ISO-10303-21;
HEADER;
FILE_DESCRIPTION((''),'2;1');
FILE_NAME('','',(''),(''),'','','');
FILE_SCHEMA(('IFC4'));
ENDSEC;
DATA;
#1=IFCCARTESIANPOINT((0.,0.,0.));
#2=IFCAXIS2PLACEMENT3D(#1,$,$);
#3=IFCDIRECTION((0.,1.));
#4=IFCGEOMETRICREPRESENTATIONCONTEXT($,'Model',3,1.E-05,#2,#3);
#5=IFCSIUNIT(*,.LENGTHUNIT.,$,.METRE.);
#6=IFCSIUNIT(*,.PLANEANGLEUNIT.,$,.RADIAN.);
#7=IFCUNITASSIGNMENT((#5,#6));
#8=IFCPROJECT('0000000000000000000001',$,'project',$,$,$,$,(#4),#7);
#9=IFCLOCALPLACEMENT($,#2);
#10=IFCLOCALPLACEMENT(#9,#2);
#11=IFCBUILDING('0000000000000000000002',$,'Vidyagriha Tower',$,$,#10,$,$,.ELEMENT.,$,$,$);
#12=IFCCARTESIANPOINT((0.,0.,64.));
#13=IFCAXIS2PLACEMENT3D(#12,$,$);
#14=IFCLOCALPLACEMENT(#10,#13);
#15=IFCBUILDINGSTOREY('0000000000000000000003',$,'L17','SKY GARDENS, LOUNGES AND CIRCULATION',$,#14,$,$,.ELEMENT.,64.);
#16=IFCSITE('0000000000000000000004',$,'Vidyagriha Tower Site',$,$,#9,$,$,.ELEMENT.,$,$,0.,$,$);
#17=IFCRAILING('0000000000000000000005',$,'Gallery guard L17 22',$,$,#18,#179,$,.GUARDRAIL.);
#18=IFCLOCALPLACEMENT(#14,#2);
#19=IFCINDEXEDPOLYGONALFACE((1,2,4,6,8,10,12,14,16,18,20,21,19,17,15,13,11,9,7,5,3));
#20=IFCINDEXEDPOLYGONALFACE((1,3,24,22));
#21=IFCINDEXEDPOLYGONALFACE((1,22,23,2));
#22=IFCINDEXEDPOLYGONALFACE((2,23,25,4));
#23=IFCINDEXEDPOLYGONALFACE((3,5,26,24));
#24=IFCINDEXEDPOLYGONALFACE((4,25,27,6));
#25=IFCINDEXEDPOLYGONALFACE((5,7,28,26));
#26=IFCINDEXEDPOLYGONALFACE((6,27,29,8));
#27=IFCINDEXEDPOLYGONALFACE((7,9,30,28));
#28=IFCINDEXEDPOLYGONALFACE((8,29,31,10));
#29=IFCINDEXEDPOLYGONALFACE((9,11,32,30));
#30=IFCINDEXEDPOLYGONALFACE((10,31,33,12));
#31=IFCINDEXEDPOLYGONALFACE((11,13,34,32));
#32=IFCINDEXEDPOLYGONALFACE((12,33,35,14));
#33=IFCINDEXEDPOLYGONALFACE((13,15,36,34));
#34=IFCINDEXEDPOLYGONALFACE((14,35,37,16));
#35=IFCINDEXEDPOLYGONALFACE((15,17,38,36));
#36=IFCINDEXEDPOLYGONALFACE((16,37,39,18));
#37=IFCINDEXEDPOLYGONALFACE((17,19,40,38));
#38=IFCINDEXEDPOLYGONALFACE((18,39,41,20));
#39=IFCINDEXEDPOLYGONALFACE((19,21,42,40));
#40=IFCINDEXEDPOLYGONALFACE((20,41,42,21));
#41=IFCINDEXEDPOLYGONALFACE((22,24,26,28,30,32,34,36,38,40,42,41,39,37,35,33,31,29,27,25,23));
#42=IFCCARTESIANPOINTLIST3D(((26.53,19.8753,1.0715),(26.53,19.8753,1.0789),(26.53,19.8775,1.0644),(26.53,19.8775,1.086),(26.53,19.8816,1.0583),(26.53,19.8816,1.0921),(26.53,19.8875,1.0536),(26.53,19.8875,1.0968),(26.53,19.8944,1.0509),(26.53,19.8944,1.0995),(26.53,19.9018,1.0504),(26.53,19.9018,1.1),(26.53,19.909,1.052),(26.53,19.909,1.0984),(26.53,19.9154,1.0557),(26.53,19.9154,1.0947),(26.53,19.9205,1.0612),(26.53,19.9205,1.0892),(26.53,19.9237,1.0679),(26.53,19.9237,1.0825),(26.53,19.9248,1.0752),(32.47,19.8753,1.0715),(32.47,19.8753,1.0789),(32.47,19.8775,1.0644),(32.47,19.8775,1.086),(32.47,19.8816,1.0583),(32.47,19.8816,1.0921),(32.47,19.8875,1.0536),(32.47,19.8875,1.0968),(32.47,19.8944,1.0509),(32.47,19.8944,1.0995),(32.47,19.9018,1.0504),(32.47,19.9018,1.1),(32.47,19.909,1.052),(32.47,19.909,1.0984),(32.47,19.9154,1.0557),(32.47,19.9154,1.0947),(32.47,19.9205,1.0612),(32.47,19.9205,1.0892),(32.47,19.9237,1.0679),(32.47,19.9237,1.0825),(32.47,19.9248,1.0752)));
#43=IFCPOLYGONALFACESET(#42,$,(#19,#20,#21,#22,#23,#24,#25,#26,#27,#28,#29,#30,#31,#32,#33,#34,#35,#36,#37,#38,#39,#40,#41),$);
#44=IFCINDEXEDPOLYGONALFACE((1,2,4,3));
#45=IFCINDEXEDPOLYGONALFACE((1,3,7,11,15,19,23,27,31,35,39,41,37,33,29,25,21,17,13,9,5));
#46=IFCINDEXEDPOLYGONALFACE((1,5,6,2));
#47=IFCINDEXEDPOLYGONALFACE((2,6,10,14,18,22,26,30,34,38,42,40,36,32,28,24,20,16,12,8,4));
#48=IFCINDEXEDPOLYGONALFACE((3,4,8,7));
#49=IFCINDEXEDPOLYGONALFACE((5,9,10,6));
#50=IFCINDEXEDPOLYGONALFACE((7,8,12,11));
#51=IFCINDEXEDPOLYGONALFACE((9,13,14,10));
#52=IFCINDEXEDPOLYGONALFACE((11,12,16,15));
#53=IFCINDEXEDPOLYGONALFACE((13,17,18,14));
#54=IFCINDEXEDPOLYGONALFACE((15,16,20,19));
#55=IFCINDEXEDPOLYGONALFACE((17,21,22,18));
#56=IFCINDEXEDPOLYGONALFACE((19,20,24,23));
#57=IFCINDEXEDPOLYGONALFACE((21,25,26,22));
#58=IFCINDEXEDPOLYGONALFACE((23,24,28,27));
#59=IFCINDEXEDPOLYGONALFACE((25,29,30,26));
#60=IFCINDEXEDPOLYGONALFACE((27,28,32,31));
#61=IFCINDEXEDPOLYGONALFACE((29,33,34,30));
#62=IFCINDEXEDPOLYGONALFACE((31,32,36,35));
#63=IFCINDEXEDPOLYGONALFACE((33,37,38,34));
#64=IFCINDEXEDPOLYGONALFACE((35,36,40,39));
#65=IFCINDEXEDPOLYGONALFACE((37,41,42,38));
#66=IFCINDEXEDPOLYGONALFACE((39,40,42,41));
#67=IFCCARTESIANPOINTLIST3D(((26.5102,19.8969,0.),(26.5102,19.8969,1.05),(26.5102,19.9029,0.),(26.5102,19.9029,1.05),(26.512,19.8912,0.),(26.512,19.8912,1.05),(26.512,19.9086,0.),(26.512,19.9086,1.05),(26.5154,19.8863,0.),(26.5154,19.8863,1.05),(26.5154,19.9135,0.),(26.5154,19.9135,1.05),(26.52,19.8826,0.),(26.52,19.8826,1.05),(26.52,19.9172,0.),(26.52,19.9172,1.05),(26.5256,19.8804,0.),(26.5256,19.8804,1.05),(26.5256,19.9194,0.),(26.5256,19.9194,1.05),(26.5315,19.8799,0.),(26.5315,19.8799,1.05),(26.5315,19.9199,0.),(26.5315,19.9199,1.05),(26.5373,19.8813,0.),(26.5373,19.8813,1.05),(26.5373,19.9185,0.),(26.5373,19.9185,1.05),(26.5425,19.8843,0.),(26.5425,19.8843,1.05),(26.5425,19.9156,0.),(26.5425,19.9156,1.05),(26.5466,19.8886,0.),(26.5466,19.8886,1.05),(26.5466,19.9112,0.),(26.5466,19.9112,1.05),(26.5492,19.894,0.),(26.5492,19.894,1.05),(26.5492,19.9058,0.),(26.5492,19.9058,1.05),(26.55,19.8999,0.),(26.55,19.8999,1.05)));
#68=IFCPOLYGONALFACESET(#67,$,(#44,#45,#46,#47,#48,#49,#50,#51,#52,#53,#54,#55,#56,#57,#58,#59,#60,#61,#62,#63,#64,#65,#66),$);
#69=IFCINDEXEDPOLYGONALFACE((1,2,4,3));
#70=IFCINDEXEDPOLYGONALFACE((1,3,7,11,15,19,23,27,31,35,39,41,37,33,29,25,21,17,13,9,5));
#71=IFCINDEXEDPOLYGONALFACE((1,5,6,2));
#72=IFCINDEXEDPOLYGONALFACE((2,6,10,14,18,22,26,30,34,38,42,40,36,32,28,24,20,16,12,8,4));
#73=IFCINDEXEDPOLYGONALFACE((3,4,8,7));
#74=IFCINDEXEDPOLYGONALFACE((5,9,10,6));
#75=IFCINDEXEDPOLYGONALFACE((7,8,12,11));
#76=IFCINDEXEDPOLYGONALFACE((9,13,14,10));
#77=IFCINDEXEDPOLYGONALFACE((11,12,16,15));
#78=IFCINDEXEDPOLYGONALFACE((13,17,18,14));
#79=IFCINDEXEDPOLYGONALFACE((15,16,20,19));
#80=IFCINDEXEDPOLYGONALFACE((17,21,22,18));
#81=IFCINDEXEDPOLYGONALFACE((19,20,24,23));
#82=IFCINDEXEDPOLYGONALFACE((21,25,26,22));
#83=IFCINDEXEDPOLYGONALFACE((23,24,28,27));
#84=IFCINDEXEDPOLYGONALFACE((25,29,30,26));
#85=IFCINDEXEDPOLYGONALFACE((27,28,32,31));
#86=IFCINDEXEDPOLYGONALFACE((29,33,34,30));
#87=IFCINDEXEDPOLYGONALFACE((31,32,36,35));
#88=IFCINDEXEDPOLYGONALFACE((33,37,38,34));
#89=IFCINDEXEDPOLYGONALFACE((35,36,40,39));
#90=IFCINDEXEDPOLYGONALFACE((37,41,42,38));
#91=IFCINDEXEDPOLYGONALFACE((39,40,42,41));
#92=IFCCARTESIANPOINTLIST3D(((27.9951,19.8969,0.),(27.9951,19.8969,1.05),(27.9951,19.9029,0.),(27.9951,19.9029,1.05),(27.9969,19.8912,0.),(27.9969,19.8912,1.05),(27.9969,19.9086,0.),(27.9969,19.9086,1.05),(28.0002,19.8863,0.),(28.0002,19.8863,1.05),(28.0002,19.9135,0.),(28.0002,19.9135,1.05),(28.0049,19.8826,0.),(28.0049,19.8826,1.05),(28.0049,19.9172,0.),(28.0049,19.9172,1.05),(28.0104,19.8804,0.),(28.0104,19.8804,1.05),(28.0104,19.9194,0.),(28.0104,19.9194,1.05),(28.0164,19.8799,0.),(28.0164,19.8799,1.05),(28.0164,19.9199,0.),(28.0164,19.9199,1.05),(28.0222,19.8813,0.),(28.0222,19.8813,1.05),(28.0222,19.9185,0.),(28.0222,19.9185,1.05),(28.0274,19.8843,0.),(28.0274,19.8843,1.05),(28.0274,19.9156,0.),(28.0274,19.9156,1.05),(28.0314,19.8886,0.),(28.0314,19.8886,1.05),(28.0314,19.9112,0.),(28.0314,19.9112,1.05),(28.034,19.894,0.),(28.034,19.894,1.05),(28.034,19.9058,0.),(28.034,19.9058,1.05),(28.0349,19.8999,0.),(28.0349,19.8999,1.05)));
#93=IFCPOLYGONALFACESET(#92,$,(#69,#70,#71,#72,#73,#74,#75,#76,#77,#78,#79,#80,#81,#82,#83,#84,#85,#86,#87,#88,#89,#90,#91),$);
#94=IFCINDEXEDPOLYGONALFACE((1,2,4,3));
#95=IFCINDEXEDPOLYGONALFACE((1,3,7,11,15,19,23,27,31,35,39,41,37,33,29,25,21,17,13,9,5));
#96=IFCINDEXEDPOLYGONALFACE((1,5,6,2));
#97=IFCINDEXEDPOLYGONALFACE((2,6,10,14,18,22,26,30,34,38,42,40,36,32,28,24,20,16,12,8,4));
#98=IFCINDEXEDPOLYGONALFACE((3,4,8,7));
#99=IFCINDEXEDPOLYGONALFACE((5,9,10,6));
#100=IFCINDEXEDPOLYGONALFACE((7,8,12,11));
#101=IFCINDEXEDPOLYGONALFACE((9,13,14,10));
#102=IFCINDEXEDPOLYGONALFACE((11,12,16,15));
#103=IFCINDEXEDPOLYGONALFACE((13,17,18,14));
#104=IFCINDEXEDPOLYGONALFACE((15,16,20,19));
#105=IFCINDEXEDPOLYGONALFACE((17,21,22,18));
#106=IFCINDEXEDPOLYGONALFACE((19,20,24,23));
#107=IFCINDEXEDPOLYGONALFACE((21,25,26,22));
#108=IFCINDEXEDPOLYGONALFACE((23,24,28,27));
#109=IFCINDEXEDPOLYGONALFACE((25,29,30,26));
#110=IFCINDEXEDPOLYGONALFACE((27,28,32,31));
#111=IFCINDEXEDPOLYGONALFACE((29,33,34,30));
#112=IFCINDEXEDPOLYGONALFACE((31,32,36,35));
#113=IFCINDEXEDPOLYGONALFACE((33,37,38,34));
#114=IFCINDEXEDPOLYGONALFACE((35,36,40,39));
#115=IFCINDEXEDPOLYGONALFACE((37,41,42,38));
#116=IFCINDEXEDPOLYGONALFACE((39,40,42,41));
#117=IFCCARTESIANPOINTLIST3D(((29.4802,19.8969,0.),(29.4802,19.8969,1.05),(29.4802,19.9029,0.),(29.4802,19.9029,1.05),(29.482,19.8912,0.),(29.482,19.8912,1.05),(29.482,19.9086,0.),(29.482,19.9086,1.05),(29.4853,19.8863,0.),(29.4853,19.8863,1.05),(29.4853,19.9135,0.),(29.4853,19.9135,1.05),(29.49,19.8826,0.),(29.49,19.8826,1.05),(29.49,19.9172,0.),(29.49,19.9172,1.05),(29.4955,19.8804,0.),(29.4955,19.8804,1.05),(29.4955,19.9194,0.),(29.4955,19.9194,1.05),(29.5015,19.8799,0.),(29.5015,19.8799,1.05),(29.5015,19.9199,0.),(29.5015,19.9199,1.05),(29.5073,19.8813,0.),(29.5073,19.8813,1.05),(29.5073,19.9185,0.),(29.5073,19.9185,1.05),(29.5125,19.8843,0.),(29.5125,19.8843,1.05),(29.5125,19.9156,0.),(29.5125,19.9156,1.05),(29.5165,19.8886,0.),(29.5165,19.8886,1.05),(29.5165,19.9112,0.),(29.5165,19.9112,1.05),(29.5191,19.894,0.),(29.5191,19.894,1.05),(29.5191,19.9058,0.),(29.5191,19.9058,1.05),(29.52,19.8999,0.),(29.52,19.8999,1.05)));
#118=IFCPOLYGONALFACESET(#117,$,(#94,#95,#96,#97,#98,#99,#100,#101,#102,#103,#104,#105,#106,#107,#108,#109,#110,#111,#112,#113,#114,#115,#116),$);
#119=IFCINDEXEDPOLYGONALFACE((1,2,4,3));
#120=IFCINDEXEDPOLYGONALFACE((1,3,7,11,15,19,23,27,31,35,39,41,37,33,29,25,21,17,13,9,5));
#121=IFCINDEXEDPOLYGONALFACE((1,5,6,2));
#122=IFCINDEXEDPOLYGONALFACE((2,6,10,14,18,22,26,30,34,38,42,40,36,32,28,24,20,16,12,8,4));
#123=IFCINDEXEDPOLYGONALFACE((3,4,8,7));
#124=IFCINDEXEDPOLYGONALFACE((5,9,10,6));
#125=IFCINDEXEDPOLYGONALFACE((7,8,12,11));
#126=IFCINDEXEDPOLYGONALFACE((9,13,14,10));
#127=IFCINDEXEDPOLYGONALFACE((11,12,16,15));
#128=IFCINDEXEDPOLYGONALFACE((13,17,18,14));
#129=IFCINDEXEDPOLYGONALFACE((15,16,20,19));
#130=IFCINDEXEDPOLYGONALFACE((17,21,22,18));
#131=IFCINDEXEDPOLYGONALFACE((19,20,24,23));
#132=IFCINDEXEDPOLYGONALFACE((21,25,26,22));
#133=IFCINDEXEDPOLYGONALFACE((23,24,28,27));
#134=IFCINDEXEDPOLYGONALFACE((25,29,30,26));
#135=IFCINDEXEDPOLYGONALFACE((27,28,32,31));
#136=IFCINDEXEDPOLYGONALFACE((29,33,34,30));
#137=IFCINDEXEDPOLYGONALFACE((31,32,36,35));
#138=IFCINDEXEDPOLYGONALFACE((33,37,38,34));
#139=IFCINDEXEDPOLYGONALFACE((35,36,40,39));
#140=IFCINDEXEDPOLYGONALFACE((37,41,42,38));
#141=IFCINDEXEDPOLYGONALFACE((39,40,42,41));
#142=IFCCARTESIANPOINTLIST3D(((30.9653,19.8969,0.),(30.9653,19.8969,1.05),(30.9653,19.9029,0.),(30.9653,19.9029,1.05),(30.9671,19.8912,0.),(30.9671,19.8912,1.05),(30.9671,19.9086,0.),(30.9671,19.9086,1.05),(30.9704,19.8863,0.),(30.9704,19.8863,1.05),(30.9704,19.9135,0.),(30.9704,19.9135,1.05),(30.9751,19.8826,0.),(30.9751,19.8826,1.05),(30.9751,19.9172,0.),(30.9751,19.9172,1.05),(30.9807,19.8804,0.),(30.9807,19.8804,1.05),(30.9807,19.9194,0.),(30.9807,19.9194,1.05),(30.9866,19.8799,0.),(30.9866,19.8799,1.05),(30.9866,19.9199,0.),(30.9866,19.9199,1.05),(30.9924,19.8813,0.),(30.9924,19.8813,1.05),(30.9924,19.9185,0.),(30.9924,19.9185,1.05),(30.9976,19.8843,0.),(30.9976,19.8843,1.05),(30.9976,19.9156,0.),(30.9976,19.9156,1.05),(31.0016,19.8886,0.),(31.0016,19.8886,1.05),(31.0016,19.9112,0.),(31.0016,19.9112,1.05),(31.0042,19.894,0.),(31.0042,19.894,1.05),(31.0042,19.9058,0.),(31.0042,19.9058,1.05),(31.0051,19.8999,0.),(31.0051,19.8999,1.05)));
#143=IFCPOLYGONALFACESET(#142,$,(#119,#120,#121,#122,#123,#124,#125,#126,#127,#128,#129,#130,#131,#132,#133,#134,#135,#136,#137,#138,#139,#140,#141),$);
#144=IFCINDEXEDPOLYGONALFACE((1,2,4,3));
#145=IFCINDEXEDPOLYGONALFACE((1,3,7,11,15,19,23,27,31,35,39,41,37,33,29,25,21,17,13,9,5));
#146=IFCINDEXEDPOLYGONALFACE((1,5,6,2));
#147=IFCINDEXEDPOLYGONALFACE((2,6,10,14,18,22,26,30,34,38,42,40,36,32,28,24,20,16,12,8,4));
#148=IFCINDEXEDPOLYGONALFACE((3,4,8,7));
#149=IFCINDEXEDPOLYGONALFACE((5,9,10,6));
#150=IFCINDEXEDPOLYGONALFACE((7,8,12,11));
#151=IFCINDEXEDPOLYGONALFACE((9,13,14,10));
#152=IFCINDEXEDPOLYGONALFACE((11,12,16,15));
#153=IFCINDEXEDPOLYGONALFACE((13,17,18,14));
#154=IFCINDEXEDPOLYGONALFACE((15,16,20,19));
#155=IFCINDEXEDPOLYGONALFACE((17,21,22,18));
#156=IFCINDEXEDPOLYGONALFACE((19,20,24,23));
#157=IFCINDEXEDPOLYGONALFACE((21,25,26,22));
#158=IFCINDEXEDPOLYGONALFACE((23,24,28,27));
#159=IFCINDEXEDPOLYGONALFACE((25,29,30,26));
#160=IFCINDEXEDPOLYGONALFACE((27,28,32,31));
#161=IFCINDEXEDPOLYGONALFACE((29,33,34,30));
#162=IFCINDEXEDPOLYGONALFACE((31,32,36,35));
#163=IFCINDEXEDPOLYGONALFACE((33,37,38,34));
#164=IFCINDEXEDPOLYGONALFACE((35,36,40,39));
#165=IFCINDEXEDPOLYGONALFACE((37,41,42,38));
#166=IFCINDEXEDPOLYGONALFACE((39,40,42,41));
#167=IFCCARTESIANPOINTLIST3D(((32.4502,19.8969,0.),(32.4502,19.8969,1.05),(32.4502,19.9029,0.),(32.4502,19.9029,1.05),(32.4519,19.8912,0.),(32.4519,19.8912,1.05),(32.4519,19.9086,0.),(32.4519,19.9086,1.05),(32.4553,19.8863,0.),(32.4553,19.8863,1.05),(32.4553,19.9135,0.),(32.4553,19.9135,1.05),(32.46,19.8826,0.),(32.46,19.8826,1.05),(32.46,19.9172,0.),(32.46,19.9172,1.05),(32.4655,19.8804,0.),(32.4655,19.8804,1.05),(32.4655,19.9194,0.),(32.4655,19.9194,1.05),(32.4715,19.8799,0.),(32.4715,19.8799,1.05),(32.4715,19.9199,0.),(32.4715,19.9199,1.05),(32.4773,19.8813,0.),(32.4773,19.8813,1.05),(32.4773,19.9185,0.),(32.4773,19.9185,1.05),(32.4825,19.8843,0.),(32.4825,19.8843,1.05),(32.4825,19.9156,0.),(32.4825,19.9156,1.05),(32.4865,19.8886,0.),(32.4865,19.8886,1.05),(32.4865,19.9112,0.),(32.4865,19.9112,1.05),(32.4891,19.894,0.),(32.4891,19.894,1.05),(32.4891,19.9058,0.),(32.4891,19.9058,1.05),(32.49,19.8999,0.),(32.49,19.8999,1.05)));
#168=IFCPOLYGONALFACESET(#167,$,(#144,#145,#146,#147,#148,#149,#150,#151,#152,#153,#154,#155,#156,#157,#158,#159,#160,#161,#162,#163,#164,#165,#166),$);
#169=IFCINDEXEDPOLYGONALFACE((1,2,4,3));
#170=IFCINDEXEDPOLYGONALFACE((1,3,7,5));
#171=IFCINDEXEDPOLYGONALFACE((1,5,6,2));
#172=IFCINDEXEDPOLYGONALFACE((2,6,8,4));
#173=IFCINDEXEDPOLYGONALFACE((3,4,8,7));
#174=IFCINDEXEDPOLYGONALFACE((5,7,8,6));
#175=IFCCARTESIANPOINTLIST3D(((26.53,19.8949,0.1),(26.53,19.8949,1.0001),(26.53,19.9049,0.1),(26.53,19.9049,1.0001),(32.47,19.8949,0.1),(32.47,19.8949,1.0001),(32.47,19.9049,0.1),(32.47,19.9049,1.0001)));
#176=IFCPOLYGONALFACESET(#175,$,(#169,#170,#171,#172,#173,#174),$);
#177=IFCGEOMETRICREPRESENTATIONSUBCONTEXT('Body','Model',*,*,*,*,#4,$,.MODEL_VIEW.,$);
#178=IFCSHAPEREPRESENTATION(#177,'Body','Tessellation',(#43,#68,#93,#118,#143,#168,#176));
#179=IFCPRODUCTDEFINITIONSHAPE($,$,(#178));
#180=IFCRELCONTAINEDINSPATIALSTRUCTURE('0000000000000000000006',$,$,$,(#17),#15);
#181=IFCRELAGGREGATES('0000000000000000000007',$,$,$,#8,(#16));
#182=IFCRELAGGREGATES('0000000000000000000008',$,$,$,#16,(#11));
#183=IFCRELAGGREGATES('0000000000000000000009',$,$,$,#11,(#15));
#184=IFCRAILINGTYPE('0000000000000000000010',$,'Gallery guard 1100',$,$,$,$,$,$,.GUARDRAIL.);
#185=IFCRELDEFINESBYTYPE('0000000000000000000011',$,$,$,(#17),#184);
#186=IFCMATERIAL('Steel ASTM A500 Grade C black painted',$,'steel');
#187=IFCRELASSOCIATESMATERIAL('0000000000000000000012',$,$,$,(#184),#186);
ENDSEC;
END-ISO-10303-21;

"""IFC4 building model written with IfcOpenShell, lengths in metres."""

from ifc_helpers import new_model, si_unit, direction, frame, origin, origin_2d, place, context, subcontext, project, spatial, rectangle, circle, extrude, material, type_object, element, save


model = new_model("IFC4")

# Units and contexts
model_context = context("Model", 3, precision=1e-05, world=origin(), true_north=direction((0.0, 1.0)))
body_context = subcontext(model_context, "Body", "Model", "MODEL_VIEW")
ifc_project = project(units=[si_unit("LENGTHUNIT", "METRE"), si_unit("PLANEANGLEUNIT", "RADIAN")], contexts=[model_context])

# Site, building, storey
site_placement = place(None, origin())
site = spatial("IfcSite", under=ifc_project, at=site_placement, Name="Vidyagriha Tower Site", CompositionType="ELEMENT", RefElevation=0.0)
building_placement = place(site_placement, origin())
building = spatial("IfcBuilding", under=site, at=building_placement, Name="Vidyagriha Tower", CompositionType="ELEMENT")
storey_placement = place(building_placement, frame((0.0, 0.0, 64.0)))
storey = spatial("IfcBuildingStorey", under=building, at=storey_placement, Name="L17", Description="SKY GARDENS, LOUNGES AND CIRCULATION", CompositionType="ELEMENT", Elevation=64.0)

# Railing
ifc_material_1 = material(Name="Steel ASTM A500 Grade C black painted", Category="steel")
railing_type = type_object("IfcRailingType", Name="Gallery guard 1100", PredefinedType="GUARDRAIL", material=ifc_material_1)
railing_1_placement = place(storey_placement, frame((26.53, 19.8999, 0.0)))
element("IfcRailing", 1, at=railing_1_placement, inside=storey, type_object=railing_type, Name="Gallery guard L17 22", PredefinedType="GUARDRAIL", context=body_context, shape_type="SweptSolid", body=[
    extrude(circle(Radius=0.0249, at=origin_2d()), frame((0.0, 0.0, 1.0752), z_axis=(1.0, 0.0, 0.0), x_axis=(0.0, 1.0, 0.0)), (0.0, 0.0, 1.0), 5.9399),
    extrude(circle(Radius=0.02, at=origin_2d()), origin(), (0.0, 0.0, 1.0), 1.05),
    extrude(circle(Radius=0.02, at=origin_2d()), frame((1.4849, 0.0, 0.0)), (0.0, 0.0, 1.0), 1.05),
    extrude(circle(Radius=0.02, at=origin_2d()), frame((2.97, 0.0, 0.0)), (0.0, 0.0, 1.0), 1.05),
    extrude(circle(Radius=0.02, at=origin_2d()), frame((4.4551, 0.0, 0.0)), (0.0, 0.0, 1.0), 1.05),
    extrude(circle(Radius=0.02, at=origin_2d()), frame((5.9399, 0.0, 0.0)), (0.0, 0.0, 1.0), 1.05),
    extrude(rectangle(XDim=0.01, YDim=0.9001, at=origin_2d()), frame((0.0, 0.0, 0.55), z_axis=(1.0, 0.0, 0.0), x_axis=(0.0, 1.0, 0.0)), (0.0, 0.0, 1.0), 5.9399),
])

save(model, "model.ifc")
